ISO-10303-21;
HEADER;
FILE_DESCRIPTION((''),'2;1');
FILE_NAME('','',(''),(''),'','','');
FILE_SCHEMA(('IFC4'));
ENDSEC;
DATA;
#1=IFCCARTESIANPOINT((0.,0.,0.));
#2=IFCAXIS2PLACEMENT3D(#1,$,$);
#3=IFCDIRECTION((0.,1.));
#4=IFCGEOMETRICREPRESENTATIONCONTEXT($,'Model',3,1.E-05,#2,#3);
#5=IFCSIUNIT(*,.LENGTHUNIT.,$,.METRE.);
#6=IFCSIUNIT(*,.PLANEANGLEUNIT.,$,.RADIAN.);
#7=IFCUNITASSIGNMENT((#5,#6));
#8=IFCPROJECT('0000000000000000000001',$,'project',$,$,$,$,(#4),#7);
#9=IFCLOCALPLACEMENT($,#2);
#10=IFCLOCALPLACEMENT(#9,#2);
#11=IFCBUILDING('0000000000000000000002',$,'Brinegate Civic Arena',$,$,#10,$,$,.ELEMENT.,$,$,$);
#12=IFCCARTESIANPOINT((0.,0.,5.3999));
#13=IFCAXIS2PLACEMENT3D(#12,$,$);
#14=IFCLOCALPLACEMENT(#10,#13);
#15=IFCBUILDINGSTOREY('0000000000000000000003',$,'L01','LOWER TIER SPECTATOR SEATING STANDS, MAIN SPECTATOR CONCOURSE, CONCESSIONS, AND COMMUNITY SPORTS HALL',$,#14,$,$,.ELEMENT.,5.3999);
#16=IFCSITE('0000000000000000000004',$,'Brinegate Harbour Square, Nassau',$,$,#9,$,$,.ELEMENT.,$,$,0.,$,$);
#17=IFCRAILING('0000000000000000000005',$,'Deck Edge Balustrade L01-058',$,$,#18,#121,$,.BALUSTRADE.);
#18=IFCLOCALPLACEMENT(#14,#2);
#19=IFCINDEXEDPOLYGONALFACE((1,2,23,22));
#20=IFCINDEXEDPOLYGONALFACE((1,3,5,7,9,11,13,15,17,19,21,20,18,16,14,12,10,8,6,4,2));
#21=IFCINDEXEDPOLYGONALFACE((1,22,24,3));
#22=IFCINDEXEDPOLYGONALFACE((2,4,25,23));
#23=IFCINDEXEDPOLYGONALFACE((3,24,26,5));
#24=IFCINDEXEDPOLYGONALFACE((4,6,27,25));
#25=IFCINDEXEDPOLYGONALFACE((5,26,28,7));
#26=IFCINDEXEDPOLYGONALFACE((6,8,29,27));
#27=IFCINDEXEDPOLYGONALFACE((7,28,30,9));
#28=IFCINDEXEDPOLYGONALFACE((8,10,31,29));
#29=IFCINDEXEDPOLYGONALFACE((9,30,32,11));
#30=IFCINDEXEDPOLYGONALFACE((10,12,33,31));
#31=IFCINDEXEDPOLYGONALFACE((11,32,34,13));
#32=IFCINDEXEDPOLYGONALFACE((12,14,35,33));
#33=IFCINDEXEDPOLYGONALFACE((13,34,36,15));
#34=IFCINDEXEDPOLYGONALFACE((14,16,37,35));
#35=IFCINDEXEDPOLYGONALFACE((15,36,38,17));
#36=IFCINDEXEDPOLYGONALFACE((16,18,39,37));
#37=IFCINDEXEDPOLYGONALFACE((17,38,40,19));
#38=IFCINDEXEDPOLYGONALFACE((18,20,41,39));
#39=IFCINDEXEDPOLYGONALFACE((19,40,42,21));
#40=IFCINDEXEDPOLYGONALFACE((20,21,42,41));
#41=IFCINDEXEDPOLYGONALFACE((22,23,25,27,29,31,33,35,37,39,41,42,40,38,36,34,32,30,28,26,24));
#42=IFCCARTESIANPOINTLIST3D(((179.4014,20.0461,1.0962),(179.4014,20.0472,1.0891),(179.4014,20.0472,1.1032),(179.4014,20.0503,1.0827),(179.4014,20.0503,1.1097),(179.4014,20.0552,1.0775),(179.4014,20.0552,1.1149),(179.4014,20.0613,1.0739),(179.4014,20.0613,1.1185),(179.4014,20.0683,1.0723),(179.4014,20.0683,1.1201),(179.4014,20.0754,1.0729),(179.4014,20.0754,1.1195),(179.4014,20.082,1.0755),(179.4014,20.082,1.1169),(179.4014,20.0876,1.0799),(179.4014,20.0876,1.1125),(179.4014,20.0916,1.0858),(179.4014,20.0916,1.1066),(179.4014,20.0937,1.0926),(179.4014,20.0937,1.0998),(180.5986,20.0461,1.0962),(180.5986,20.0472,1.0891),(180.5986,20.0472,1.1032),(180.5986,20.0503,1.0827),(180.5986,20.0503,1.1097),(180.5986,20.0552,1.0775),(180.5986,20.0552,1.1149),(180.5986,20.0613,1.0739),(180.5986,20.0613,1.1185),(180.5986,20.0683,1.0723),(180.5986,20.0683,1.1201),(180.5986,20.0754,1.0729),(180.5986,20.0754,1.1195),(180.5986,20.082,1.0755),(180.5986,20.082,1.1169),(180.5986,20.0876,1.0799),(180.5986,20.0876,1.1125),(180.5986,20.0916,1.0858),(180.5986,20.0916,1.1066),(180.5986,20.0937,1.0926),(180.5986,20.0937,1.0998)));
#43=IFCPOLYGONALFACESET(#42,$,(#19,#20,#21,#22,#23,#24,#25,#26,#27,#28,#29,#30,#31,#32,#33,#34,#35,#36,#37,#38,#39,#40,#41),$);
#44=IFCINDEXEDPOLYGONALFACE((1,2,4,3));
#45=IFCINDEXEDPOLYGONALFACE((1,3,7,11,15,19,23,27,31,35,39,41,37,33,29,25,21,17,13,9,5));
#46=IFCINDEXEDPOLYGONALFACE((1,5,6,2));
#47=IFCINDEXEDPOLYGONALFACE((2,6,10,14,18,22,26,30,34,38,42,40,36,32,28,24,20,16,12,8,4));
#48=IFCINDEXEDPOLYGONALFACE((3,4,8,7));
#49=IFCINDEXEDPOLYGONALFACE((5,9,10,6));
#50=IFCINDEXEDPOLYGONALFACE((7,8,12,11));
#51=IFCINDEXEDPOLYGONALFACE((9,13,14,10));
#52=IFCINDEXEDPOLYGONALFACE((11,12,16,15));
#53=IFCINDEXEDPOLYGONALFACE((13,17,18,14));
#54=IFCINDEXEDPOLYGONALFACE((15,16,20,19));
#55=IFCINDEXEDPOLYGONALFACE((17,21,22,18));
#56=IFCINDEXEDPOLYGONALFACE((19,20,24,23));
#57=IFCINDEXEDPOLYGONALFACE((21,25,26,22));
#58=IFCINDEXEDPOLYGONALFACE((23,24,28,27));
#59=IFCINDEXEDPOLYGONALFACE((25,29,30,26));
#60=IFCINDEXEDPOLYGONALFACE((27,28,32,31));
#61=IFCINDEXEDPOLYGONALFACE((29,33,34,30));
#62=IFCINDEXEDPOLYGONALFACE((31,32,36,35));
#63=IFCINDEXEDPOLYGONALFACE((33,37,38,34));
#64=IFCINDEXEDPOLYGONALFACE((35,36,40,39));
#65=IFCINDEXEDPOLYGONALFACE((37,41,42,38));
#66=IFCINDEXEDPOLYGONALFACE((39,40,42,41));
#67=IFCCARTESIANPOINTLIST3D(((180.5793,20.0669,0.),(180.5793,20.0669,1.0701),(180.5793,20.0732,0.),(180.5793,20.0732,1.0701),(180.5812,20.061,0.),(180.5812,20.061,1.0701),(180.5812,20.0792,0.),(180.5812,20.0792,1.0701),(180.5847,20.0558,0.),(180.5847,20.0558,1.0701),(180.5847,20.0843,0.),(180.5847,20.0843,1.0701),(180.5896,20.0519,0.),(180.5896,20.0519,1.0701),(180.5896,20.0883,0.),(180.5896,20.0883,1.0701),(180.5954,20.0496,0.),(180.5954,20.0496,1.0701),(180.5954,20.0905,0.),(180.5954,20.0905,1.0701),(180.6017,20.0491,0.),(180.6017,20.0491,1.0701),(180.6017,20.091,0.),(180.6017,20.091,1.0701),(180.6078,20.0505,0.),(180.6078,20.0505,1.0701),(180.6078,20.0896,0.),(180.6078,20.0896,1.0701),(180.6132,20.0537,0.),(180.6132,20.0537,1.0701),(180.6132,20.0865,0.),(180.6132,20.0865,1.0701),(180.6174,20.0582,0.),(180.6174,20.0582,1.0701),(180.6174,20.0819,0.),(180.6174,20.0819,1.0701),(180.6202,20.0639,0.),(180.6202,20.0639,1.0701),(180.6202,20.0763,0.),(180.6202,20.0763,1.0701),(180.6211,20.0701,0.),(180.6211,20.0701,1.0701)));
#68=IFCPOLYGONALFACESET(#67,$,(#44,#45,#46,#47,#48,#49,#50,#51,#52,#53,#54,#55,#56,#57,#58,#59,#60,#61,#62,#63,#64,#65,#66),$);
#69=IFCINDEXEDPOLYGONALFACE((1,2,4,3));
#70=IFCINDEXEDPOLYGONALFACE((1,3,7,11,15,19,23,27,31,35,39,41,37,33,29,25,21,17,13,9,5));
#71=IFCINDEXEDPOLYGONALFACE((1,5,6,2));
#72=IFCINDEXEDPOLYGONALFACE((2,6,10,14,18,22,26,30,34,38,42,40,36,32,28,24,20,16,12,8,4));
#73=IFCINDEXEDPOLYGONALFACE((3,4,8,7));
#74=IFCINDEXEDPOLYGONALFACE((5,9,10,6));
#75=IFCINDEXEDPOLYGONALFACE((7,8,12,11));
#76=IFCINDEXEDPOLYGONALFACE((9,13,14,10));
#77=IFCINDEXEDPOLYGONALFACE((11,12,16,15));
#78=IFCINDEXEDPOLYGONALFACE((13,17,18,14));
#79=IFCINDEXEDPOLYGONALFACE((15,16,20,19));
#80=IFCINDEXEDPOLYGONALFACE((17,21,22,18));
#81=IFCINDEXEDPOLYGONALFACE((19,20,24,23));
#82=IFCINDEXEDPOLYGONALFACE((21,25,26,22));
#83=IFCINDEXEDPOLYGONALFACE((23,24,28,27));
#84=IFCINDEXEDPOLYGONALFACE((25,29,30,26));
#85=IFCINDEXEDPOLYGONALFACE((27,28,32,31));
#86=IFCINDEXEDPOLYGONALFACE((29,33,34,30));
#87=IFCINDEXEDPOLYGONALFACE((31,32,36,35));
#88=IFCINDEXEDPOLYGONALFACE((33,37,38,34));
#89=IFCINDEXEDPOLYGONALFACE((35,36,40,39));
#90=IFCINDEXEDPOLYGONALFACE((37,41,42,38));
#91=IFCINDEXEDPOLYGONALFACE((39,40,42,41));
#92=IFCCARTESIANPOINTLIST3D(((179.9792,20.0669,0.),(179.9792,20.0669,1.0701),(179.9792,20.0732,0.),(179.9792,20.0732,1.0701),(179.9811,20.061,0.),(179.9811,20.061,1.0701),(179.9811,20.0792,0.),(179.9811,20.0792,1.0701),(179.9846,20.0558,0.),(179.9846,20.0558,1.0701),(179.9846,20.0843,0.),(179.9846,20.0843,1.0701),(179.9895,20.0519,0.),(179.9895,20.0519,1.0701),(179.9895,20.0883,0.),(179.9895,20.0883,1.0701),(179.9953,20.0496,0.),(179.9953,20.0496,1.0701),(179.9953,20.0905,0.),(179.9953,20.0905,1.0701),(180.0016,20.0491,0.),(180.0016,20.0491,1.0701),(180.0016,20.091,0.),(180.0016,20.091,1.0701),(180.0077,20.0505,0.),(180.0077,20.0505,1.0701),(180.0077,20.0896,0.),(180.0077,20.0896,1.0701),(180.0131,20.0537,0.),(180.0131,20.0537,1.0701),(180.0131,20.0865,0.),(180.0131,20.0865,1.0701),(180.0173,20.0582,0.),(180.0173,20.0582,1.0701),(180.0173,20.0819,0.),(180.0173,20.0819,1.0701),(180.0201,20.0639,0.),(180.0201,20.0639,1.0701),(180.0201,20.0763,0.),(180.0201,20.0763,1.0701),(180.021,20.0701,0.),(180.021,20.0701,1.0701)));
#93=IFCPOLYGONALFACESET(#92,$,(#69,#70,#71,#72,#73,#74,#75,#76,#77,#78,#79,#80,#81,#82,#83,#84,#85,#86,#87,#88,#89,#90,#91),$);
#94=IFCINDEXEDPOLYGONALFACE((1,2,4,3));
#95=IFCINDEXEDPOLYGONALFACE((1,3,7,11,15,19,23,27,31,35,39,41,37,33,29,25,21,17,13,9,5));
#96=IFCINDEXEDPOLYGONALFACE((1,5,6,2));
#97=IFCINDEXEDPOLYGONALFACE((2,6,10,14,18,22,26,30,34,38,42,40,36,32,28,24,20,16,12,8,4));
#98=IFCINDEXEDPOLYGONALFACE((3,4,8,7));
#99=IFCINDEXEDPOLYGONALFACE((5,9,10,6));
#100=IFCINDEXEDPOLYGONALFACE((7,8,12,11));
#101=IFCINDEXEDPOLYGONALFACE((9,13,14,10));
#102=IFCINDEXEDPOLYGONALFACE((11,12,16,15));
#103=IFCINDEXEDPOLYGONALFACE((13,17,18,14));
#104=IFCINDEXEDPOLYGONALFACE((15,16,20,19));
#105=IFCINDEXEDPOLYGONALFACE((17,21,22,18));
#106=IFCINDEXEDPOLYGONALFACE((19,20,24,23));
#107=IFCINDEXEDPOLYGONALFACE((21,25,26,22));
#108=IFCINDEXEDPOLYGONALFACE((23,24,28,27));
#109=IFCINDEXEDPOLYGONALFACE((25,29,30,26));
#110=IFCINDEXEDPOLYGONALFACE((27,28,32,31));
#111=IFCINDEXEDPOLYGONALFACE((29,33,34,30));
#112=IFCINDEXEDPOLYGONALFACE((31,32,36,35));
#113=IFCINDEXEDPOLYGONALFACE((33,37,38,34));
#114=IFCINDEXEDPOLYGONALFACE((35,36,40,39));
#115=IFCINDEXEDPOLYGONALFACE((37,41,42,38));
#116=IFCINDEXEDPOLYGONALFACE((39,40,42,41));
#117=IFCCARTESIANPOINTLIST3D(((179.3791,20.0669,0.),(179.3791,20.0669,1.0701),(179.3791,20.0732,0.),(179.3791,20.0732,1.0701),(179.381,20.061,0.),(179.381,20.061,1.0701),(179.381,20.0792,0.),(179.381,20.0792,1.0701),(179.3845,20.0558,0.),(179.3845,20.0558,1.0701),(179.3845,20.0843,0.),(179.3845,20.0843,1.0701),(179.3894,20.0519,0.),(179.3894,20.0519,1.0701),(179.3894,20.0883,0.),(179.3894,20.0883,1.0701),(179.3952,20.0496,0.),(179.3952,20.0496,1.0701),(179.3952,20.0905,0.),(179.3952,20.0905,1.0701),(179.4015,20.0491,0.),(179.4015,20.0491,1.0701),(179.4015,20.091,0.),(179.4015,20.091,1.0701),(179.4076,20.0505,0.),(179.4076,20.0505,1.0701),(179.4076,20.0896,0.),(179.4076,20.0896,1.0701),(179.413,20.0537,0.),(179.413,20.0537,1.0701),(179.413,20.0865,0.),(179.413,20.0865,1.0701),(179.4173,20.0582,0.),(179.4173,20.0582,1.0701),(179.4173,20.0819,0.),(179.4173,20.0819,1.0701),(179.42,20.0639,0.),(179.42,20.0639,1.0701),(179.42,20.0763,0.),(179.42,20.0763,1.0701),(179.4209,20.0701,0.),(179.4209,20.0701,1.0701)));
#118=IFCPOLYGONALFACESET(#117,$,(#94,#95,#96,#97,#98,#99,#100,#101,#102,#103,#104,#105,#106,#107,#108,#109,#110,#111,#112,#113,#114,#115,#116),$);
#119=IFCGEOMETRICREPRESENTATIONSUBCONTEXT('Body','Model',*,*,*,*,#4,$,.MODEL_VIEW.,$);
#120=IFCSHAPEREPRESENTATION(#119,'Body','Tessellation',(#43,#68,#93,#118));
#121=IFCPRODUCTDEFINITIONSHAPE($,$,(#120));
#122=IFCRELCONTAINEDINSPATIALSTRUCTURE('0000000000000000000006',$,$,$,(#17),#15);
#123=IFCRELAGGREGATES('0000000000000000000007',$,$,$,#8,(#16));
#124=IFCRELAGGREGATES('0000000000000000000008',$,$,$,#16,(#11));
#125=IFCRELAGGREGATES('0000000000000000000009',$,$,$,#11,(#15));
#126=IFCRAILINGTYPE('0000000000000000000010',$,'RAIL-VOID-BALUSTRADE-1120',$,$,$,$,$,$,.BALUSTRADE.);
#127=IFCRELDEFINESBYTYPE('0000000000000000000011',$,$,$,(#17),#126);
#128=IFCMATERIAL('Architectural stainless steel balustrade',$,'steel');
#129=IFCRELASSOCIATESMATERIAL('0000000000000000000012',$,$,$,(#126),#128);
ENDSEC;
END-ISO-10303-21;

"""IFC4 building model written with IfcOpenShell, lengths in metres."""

from ifc_helpers import new_model, si_unit, direction, frame, origin, origin_2d, place, context, subcontext, project, spatial, circle, extrude, material, type_object, element, save


model = new_model("IFC4")

# Units and contexts
model_context = context("Model", 3, precision=1e-05, world=origin(), true_north=direction((0.0, 1.0)))
body_context = subcontext(model_context, "Body", "Model", "MODEL_VIEW")
ifc_project = project(units=[si_unit("LENGTHUNIT", "METRE"), si_unit("PLANEANGLEUNIT", "RADIAN")], contexts=[model_context])

# Site, building, storey
site_placement = place(None, origin())
site = spatial("IfcSite", under=ifc_project, at=site_placement, Name="Brinegate Harbour Square, Nassau", CompositionType="ELEMENT", RefElevation=0.0)
building_placement = place(site_placement, origin())
building = spatial("IfcBuilding", under=site, at=building_placement, Name="Brinegate Civic Arena", CompositionType="ELEMENT")
storey_placement = place(building_placement, frame((0.0, 0.0, 5.3999)))
storey = spatial("IfcBuildingStorey", under=building, at=storey_placement, Name="L01", Description="LOWER TIER SPECTATOR SEATING STANDS, MAIN SPECTATOR CONCOURSE, CONCESSIONS, AND COMMUNITY SPORTS HALL", CompositionType="ELEMENT", Elevation=5.3999)

# Railing
ifc_material_1 = material(Name="Architectural stainless steel balustrade", Category="steel")
railing_type = type_object("IfcRailingType", Name="RAIL-VOID-BALUSTRADE-1120", PredefinedType="BALUSTRADE", material=ifc_material_1)
railing_placement = place(storey_placement, frame((180.6001, 20.0701, 0.0)))
element("IfcRailing", 1, at=railing_placement, inside=storey, type_object=railing_type, Name="Deck Edge Balustrade L01-058", PredefinedType="BALUSTRADE", context=body_context, shape_type="SweptSolid", body=[
    extrude(circle(Radius=0.0239, at=origin_2d()), frame((-0.0015, 0.0, 1.0962), z_axis=(-1.0, 0.0, 0.0), x_axis=(0.0, -1.0, 0.0)), (0.0, 0.0, 1.0), 1.1973),
    extrude(circle(Radius=0.021, at=origin_2d()), origin(), (0.0, 0.0, 1.0), 1.0701),
    extrude(circle(Radius=0.021, at=origin_2d()), frame((-0.6001, 0.0, 0.0)), (0.0, 0.0, 1.0), 1.0701),
    extrude(circle(Radius=0.021, at=origin_2d()), frame((-1.2002, 0.0, 0.0)), (0.0, 0.0, 1.0), 1.0701),
])

save(model, "model.ifc")
